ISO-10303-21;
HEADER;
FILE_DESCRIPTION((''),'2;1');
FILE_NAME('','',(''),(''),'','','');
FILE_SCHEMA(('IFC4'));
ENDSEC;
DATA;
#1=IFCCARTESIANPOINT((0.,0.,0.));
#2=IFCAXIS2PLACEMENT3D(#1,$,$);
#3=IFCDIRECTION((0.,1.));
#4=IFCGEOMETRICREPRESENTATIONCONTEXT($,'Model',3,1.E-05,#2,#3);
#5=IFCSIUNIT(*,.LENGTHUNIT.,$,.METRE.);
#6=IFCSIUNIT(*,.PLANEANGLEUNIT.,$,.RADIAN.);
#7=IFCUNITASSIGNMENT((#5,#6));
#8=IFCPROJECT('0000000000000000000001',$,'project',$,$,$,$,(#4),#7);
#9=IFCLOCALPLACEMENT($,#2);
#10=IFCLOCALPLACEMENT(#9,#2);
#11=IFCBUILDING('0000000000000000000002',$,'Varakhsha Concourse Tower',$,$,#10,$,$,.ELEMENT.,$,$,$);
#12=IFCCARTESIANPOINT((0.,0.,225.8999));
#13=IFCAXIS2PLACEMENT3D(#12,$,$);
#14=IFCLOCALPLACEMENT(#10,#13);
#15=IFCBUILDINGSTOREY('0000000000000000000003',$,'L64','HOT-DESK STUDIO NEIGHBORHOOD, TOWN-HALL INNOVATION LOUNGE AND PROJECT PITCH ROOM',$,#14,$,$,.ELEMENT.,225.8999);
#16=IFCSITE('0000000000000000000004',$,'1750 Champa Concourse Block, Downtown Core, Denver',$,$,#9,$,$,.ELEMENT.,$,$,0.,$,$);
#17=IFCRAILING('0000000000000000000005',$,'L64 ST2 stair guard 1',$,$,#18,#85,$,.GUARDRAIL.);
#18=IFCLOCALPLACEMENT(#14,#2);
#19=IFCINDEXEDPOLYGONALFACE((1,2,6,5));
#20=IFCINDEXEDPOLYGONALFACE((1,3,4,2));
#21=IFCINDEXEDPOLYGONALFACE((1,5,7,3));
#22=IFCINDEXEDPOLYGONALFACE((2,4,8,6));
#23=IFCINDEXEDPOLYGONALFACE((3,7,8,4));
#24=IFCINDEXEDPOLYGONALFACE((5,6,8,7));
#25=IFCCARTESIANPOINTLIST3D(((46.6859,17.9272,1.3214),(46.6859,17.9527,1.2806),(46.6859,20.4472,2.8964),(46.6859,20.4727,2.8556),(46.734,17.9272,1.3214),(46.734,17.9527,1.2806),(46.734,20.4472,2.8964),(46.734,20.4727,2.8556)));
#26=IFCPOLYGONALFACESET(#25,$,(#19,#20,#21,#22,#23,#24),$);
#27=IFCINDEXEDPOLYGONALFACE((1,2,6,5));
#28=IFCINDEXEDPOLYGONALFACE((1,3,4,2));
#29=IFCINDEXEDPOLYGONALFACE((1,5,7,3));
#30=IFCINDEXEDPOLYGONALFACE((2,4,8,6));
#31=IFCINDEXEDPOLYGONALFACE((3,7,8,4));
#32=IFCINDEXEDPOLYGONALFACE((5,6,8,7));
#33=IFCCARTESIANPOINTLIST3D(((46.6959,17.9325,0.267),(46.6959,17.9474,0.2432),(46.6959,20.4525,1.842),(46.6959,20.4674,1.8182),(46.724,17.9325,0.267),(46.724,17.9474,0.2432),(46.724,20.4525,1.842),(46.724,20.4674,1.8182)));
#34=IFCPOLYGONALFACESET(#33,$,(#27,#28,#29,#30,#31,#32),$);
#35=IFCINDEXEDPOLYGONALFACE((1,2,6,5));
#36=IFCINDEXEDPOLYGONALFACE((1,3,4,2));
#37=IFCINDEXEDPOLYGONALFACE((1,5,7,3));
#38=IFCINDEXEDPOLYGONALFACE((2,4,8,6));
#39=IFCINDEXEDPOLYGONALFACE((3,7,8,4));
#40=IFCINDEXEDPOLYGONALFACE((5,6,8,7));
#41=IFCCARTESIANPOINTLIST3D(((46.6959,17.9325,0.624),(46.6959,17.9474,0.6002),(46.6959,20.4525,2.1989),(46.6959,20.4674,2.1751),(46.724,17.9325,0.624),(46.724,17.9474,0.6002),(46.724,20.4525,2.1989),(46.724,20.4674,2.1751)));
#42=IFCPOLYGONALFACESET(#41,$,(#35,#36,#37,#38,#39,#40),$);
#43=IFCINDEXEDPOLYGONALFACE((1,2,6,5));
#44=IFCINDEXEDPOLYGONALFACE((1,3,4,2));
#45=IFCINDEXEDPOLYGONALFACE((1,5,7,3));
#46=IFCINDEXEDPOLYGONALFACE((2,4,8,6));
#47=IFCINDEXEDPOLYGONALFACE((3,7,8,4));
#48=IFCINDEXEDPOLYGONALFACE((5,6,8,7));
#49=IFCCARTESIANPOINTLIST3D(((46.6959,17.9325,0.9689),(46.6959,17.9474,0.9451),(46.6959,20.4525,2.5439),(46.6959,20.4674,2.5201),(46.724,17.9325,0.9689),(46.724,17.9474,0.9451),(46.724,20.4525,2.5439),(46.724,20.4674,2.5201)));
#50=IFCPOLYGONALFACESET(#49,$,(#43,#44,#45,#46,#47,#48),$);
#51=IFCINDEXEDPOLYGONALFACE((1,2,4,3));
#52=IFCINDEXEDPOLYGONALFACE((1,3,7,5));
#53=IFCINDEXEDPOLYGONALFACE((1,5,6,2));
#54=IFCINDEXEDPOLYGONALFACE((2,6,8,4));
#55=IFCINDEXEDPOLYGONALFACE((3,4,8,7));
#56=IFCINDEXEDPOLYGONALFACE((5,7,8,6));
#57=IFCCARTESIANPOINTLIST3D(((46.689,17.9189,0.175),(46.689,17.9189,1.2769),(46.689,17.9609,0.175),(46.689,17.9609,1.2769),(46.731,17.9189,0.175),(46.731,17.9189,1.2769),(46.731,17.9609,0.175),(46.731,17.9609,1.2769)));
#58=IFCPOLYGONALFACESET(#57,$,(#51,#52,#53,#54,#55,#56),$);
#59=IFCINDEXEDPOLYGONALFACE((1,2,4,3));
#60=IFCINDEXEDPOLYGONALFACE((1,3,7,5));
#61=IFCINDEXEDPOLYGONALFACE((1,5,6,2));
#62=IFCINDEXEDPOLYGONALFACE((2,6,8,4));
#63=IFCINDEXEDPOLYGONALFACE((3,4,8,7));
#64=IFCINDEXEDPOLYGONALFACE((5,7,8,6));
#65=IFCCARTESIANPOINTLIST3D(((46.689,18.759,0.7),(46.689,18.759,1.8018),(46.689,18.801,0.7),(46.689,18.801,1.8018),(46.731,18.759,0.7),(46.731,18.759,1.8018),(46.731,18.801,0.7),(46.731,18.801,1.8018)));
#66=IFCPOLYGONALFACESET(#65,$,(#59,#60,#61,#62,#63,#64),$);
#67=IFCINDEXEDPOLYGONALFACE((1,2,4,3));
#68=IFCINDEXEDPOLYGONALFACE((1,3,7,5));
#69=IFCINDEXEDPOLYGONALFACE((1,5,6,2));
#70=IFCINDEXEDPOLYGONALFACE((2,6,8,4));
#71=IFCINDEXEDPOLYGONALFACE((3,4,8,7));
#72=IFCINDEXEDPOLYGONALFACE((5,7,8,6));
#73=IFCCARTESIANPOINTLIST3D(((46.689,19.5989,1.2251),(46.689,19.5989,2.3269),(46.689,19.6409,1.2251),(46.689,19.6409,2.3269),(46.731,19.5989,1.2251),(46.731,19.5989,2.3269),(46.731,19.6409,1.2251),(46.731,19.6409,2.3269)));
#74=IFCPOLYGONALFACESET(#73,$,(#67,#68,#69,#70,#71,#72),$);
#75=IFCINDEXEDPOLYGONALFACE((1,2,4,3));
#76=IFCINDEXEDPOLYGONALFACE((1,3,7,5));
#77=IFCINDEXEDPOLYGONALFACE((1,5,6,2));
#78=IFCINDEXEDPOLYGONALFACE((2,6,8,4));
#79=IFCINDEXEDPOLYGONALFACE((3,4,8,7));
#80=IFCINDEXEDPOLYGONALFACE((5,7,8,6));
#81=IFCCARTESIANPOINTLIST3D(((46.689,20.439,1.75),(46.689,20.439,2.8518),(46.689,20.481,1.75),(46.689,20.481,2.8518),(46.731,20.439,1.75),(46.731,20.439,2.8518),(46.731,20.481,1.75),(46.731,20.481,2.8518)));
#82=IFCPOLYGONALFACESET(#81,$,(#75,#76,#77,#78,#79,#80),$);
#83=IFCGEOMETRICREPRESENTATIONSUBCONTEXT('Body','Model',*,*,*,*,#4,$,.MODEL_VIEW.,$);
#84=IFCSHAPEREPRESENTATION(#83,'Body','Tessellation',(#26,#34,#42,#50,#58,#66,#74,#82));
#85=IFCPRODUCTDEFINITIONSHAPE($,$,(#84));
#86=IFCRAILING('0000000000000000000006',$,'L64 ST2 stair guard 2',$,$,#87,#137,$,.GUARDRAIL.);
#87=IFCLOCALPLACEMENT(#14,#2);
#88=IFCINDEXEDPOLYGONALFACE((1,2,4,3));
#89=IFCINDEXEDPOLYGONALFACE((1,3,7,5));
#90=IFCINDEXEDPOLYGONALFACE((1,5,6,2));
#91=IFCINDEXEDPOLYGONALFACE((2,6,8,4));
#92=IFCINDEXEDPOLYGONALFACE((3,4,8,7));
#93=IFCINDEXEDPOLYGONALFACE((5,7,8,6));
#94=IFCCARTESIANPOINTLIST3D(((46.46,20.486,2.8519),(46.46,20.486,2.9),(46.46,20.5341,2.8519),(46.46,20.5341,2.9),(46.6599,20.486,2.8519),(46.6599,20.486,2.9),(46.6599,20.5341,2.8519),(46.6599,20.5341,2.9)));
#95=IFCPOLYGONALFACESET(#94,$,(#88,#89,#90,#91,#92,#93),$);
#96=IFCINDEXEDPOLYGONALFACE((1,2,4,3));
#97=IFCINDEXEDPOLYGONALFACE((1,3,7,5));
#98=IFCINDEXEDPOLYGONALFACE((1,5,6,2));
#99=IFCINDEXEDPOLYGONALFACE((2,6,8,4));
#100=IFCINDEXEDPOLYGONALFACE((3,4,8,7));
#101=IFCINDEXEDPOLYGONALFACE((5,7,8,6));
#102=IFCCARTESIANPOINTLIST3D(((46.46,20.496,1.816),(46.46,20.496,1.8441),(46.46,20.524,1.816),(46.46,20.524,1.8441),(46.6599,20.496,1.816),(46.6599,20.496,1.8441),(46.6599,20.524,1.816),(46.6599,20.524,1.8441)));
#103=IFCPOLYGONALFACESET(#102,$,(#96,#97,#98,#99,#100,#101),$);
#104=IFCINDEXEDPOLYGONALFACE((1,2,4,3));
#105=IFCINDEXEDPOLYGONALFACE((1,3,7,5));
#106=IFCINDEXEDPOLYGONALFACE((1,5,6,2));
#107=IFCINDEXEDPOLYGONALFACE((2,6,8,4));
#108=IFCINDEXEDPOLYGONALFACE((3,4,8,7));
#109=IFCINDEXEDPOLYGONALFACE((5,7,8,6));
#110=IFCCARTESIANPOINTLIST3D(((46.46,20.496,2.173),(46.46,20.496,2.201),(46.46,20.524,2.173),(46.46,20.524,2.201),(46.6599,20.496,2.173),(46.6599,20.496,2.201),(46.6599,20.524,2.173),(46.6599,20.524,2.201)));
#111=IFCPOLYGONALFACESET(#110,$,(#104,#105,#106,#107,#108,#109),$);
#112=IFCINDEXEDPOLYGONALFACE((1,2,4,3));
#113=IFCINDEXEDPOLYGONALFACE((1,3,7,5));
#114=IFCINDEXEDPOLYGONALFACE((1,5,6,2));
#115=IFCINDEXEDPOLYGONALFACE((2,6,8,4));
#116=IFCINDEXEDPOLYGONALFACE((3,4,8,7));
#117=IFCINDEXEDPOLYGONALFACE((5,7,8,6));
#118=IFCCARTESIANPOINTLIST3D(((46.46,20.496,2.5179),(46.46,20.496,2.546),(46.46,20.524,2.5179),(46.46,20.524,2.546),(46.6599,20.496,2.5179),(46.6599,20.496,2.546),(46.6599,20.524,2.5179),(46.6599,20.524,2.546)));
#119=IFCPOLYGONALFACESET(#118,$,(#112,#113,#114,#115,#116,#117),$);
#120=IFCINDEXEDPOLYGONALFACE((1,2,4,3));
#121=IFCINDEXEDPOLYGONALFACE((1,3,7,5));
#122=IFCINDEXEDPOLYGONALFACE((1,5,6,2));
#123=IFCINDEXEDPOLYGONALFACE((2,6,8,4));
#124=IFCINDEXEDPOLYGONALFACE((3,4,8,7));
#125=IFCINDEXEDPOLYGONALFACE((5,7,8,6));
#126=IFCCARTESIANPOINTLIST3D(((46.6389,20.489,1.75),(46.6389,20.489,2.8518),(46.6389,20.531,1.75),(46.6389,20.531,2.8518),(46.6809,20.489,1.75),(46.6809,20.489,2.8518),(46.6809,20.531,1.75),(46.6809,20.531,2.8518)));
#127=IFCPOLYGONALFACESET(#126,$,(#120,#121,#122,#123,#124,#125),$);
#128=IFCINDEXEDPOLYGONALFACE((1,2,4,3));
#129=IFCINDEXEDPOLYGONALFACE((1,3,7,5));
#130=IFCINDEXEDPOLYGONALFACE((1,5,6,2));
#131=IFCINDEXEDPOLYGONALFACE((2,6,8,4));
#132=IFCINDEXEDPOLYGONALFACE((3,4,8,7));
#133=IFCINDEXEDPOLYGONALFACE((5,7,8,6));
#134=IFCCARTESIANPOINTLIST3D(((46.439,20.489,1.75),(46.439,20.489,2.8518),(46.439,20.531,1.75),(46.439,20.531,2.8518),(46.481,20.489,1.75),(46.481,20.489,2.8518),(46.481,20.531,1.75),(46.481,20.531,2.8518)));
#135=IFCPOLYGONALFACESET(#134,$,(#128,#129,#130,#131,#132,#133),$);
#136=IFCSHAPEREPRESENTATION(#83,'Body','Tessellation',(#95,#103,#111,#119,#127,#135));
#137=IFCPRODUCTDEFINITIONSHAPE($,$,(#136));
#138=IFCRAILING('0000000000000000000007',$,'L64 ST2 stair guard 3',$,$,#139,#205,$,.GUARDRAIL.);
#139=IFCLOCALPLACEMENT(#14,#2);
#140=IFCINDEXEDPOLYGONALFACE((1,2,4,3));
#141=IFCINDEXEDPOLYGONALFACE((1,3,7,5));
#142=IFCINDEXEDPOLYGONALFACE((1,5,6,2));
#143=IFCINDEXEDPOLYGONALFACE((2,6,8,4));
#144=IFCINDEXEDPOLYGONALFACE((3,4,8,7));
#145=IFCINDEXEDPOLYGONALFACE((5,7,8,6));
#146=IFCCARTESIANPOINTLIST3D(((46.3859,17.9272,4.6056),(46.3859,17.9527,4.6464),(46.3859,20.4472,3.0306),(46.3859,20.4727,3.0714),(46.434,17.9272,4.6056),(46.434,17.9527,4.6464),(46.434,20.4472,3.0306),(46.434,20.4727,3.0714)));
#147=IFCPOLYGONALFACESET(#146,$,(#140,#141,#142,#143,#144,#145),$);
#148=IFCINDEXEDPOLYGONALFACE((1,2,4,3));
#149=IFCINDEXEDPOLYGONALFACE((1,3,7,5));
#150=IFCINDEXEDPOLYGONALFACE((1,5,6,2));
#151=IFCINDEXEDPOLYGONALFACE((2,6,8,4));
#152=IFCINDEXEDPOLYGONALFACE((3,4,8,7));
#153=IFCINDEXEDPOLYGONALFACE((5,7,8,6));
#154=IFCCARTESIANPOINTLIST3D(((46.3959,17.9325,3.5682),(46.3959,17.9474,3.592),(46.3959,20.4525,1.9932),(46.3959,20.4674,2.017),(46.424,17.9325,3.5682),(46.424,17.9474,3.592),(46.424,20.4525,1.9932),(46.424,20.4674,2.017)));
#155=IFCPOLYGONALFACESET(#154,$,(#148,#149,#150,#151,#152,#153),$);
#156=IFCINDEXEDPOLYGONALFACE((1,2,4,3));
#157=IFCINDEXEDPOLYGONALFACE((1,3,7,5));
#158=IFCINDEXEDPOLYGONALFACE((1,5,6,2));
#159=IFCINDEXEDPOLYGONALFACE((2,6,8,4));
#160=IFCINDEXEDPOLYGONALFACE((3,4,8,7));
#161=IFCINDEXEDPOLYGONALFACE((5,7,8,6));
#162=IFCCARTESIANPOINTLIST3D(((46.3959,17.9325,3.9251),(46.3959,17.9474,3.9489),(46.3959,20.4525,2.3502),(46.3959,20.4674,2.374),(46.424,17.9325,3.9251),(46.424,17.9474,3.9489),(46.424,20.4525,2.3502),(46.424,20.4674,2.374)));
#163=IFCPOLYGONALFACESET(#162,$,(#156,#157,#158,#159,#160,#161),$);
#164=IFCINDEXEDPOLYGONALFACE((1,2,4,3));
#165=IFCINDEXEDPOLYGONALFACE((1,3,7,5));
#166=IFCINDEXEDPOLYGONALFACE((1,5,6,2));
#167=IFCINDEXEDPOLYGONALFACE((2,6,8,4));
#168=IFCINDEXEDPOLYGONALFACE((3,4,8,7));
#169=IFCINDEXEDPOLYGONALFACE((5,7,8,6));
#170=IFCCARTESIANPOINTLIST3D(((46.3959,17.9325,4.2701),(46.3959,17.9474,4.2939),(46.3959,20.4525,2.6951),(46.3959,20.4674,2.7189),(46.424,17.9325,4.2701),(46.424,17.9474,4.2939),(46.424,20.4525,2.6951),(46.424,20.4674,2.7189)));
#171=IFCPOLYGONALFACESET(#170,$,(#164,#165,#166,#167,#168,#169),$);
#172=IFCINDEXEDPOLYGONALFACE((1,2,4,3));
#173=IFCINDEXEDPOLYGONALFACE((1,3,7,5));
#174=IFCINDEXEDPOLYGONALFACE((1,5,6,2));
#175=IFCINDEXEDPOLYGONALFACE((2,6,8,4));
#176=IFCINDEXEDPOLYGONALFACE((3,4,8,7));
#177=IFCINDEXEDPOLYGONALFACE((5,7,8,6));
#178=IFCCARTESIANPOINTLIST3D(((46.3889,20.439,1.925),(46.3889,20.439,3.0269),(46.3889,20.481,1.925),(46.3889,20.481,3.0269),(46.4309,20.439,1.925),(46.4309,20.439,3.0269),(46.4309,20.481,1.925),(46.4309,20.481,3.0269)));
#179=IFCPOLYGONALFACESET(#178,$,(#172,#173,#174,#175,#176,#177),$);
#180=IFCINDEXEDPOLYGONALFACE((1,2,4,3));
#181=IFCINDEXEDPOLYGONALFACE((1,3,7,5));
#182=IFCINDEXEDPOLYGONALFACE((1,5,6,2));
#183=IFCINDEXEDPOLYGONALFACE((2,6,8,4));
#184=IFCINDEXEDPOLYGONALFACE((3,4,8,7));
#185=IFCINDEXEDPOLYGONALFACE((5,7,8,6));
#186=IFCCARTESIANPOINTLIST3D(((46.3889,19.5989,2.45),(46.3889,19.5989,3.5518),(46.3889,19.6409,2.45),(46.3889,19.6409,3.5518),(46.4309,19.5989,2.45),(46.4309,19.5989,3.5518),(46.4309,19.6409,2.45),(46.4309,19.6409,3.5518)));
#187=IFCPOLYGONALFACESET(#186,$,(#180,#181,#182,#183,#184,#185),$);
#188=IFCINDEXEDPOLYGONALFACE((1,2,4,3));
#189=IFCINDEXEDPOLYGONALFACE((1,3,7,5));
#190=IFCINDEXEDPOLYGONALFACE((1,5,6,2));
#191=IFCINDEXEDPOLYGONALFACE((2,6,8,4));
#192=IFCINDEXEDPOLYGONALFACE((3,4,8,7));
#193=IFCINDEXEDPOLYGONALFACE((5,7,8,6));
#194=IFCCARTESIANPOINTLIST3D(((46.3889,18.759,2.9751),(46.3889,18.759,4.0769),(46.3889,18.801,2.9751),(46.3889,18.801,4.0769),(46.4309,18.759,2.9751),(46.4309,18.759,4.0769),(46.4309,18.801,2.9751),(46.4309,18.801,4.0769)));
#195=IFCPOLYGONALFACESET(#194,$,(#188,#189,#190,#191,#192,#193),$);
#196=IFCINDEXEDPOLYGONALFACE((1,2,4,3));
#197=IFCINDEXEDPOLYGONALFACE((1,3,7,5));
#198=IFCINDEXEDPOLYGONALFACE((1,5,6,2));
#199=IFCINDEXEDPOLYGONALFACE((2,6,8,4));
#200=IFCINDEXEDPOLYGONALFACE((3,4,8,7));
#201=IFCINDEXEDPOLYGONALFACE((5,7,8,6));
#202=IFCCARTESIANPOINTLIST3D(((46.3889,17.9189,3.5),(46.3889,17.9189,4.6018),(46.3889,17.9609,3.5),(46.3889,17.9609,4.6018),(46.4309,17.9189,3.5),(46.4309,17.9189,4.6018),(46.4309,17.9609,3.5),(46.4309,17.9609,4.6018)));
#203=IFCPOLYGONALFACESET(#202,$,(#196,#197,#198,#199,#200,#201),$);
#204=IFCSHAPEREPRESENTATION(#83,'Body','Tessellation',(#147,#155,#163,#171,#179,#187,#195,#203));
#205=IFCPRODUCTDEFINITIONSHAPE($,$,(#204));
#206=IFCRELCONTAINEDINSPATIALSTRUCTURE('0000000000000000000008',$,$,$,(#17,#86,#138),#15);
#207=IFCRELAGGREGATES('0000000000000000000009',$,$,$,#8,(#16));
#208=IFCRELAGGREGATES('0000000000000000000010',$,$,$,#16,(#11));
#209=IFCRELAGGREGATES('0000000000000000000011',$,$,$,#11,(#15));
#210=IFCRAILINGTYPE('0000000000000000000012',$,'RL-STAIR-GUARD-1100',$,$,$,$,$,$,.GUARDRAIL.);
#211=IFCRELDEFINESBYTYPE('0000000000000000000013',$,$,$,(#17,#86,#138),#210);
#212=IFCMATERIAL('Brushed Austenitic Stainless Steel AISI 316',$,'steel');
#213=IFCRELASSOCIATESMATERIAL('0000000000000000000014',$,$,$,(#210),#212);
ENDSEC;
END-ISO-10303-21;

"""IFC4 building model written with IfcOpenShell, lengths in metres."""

from ifc_helpers import new_model, si_unit, direction, frame, origin, origin_2d, place, context, subcontext, project, spatial, rectangle, extrude, material, type_object, element, save


model = new_model("IFC4")

# Units and contexts
model_context = context("Model", 3, precision=1e-05, world=origin(), true_north=direction((0.0, 1.0)))
body_context = subcontext(model_context, "Body", "Model", "MODEL_VIEW")
ifc_project = project(units=[si_unit("LENGTHUNIT", "METRE"), si_unit("PLANEANGLEUNIT", "RADIAN")], contexts=[model_context])

# Site, building, storey
site_placement = place(None, origin())
site = spatial("IfcSite", under=ifc_project, at=site_placement, Name="1750 Champa Concourse Block, Downtown Core, Denver", CompositionType="ELEMENT", RefElevation=0.0)
building_placement = place(site_placement, origin())
building = spatial("IfcBuilding", under=site, at=building_placement, Name="Varakhsha Concourse Tower", CompositionType="ELEMENT")
storey_placement = place(building_placement, frame((0.0, 0.0, 225.8999)))
storey = spatial("IfcBuildingStorey", under=building, at=storey_placement, Name="L64", Description="HOT-DESK STUDIO NEIGHBORHOOD, TOWN-HALL INNOVATION LOUNGE AND PROJECT PITCH ROOM", CompositionType="ELEMENT", Elevation=225.8999)

# Railings
ifc_material_1 = material(Name="Brushed Austenitic Stainless Steel AISI 316", Category="steel")
railing_type_1 = type_object("IfcRailingType", Name="RL-STAIR-GUARD-1100", PredefinedType="GUARDRAIL", material=ifc_material_1)
railing_1_placement = place(storey_placement, frame((46.71, 17.9399, 0.175)))
element("IfcRailing", 1, at=railing_1_placement, inside=storey, type_object=railing_type_1, Name="L64 ST2 stair guard 1", PredefinedType="GUARDRAIL", context=body_context, shape_type="SweptSolid", body=[
    extrude(rectangle(XDim=0.0481, YDim=0.0481, at=origin_2d()), frame((0.0, 0.0, 1.126), z_axis=(0.0, 0.848008, 0.529984), x_axis=(-1.0, 0.0, 0.0)), (0.0, 0.0, 1.0), 2.9717),
    extrude(rectangle(XDim=0.0281, YDim=0.0281, at=origin_2d()), frame((0.0, 0.0, 0.0801), z_axis=(0.0, 0.848008, 0.529984), x_axis=(-1.0, 0.0, 0.0)), (0.0, 0.0, 1.0), 2.9717),
    extrude(rectangle(XDim=0.0281, YDim=0.0281, at=origin_2d()), frame((0.0, 0.0, 0.437), z_axis=(0.0, 0.848008, 0.529984), x_axis=(-1.0, 0.0, 0.0)), (0.0, 0.0, 1.0), 2.9717),
    extrude(rectangle(XDim=0.0281, YDim=0.0281, at=origin_2d()), frame((0.0, 0.0, 0.782), z_axis=(0.0, 0.848008, 0.529984), x_axis=(-1.0, 0.0, 0.0)), (0.0, 0.0, 1.0), 2.9717),
    extrude(rectangle(XDim=0.042, YDim=0.042, at=origin_2d()), origin(), (0.0, 0.0, 1.0), 1.1018),
    extrude(rectangle(XDim=0.042, YDim=0.042, at=origin_2d()), frame((0.0, 0.8401, 0.5249)), (0.0, 0.0, 1.0), 1.1018),
    extrude(rectangle(XDim=0.042, YDim=0.042, at=origin_2d()), frame((0.0, 1.6799, 1.05)), (0.0, 0.0, 1.0), 1.1018),
    extrude(rectangle(XDim=0.042, YDim=0.042, at=origin_2d()), frame((0.0, 2.52, 1.575)), (0.0, 0.0, 1.0), 1.1018),
])
railing_2_placement = place(storey_placement, frame((46.6599, 20.51, 1.75)))
element("IfcRailing", 2, at=railing_2_placement, inside=storey, type_object=railing_type_1, Name="L64 ST2 stair guard 2", PredefinedType="GUARDRAIL", context=body_context, shape_type="SweptSolid", body=[
    extrude(rectangle(XDim=0.0481, YDim=0.0481, at=origin_2d()), frame((0.0, 0.0, 1.126), z_axis=(-1.0, 0.0, 0.0), x_axis=(0.0, -1.0, 0.0)), (0.0, 0.0, 1.0), 0.2),
    extrude(rectangle(XDim=0.0281, YDim=0.0281, at=origin_2d()), frame((0.0, 0.0, 0.0801), z_axis=(-1.0, 0.0, 0.0), x_axis=(0.0, -1.0, 0.0)), (0.0, 0.0, 1.0), 0.2),
    extrude(rectangle(XDim=0.0281, YDim=0.0281, at=origin_2d()), frame((0.0, 0.0, 0.437), z_axis=(-1.0, 0.0, 0.0), x_axis=(0.0, -1.0, 0.0)), (0.0, 0.0, 1.0), 0.2),
    extrude(rectangle(XDim=0.0281, YDim=0.0281, at=origin_2d()), frame((0.0, 0.0, 0.782), z_axis=(-1.0, 0.0, 0.0), x_axis=(0.0, -1.0, 0.0)), (0.0, 0.0, 1.0), 0.2),
    extrude(rectangle(XDim=0.042, YDim=0.042, at=origin_2d()), origin(), (0.0, 0.0, 1.0), 1.1018),
    extrude(rectangle(XDim=0.042, YDim=0.042, at=origin_2d()), frame((-0.2, 0.0, 0.0)), (0.0, 0.0, 1.0), 1.1018),
])
railing_3_placement = place(storey_placement, frame((46.4099, 20.46, 1.925)))
element("IfcRailing", 3, at=railing_3_placement, inside=storey, type_object=railing_type_1, Name="L64 ST2 stair guard 3", PredefinedType="GUARDRAIL", context=body_context, shape_type="SweptSolid", body=[
    extrude(rectangle(XDim=0.0481, YDim=0.0481, at=origin_2d()), frame((0.0, 0.0, 1.126), z_axis=(0.0, -0.848008, 0.529984), x_axis=(1.0, 0.0, 0.0)), (0.0, 0.0, 1.0), 2.9717),
    extrude(rectangle(XDim=0.0281, YDim=0.0281, at=origin_2d()), frame((0.0, 0.0, 0.0801), z_axis=(0.0, -0.848008, 0.529984), x_axis=(1.0, 0.0, 0.0)), (0.0, 0.0, 1.0), 2.9717),
    extrude(rectangle(XDim=0.0281, YDim=0.0281, at=origin_2d()), frame((0.0, 0.0, 0.437), z_axis=(0.0, -0.848008, 0.529984), x_axis=(1.0, 0.0, 0.0)), (0.0, 0.0, 1.0), 2.9717),
    extrude(rectangle(XDim=0.0281, YDim=0.0281, at=origin_2d()), frame((0.0, 0.0, 0.782), z_axis=(0.0, -0.848008, 0.529984), x_axis=(1.0, 0.0, 0.0)), (0.0, 0.0, 1.0), 2.9717),
    extrude(rectangle(XDim=0.042, YDim=0.042, at=origin_2d()), origin(), (0.0, 0.0, 1.0), 1.1018),
    extrude(rectangle(XDim=0.042, YDim=0.042, at=origin_2d()), frame((0.0, -0.8401, 0.5249)), (0.0, 0.0, 1.0), 1.1018),
    extrude(rectangle(XDim=0.042, YDim=0.042, at=origin_2d()), frame((0.0, -1.6799, 1.05)), (0.0, 0.0, 1.0), 1.1018),
    extrude(rectangle(XDim=0.042, YDim=0.042, at=origin_2d()), frame((0.0, -2.52, 1.575)), (0.0, 0.0, 1.0), 1.1018),
])

save(model, "model.ifc")
